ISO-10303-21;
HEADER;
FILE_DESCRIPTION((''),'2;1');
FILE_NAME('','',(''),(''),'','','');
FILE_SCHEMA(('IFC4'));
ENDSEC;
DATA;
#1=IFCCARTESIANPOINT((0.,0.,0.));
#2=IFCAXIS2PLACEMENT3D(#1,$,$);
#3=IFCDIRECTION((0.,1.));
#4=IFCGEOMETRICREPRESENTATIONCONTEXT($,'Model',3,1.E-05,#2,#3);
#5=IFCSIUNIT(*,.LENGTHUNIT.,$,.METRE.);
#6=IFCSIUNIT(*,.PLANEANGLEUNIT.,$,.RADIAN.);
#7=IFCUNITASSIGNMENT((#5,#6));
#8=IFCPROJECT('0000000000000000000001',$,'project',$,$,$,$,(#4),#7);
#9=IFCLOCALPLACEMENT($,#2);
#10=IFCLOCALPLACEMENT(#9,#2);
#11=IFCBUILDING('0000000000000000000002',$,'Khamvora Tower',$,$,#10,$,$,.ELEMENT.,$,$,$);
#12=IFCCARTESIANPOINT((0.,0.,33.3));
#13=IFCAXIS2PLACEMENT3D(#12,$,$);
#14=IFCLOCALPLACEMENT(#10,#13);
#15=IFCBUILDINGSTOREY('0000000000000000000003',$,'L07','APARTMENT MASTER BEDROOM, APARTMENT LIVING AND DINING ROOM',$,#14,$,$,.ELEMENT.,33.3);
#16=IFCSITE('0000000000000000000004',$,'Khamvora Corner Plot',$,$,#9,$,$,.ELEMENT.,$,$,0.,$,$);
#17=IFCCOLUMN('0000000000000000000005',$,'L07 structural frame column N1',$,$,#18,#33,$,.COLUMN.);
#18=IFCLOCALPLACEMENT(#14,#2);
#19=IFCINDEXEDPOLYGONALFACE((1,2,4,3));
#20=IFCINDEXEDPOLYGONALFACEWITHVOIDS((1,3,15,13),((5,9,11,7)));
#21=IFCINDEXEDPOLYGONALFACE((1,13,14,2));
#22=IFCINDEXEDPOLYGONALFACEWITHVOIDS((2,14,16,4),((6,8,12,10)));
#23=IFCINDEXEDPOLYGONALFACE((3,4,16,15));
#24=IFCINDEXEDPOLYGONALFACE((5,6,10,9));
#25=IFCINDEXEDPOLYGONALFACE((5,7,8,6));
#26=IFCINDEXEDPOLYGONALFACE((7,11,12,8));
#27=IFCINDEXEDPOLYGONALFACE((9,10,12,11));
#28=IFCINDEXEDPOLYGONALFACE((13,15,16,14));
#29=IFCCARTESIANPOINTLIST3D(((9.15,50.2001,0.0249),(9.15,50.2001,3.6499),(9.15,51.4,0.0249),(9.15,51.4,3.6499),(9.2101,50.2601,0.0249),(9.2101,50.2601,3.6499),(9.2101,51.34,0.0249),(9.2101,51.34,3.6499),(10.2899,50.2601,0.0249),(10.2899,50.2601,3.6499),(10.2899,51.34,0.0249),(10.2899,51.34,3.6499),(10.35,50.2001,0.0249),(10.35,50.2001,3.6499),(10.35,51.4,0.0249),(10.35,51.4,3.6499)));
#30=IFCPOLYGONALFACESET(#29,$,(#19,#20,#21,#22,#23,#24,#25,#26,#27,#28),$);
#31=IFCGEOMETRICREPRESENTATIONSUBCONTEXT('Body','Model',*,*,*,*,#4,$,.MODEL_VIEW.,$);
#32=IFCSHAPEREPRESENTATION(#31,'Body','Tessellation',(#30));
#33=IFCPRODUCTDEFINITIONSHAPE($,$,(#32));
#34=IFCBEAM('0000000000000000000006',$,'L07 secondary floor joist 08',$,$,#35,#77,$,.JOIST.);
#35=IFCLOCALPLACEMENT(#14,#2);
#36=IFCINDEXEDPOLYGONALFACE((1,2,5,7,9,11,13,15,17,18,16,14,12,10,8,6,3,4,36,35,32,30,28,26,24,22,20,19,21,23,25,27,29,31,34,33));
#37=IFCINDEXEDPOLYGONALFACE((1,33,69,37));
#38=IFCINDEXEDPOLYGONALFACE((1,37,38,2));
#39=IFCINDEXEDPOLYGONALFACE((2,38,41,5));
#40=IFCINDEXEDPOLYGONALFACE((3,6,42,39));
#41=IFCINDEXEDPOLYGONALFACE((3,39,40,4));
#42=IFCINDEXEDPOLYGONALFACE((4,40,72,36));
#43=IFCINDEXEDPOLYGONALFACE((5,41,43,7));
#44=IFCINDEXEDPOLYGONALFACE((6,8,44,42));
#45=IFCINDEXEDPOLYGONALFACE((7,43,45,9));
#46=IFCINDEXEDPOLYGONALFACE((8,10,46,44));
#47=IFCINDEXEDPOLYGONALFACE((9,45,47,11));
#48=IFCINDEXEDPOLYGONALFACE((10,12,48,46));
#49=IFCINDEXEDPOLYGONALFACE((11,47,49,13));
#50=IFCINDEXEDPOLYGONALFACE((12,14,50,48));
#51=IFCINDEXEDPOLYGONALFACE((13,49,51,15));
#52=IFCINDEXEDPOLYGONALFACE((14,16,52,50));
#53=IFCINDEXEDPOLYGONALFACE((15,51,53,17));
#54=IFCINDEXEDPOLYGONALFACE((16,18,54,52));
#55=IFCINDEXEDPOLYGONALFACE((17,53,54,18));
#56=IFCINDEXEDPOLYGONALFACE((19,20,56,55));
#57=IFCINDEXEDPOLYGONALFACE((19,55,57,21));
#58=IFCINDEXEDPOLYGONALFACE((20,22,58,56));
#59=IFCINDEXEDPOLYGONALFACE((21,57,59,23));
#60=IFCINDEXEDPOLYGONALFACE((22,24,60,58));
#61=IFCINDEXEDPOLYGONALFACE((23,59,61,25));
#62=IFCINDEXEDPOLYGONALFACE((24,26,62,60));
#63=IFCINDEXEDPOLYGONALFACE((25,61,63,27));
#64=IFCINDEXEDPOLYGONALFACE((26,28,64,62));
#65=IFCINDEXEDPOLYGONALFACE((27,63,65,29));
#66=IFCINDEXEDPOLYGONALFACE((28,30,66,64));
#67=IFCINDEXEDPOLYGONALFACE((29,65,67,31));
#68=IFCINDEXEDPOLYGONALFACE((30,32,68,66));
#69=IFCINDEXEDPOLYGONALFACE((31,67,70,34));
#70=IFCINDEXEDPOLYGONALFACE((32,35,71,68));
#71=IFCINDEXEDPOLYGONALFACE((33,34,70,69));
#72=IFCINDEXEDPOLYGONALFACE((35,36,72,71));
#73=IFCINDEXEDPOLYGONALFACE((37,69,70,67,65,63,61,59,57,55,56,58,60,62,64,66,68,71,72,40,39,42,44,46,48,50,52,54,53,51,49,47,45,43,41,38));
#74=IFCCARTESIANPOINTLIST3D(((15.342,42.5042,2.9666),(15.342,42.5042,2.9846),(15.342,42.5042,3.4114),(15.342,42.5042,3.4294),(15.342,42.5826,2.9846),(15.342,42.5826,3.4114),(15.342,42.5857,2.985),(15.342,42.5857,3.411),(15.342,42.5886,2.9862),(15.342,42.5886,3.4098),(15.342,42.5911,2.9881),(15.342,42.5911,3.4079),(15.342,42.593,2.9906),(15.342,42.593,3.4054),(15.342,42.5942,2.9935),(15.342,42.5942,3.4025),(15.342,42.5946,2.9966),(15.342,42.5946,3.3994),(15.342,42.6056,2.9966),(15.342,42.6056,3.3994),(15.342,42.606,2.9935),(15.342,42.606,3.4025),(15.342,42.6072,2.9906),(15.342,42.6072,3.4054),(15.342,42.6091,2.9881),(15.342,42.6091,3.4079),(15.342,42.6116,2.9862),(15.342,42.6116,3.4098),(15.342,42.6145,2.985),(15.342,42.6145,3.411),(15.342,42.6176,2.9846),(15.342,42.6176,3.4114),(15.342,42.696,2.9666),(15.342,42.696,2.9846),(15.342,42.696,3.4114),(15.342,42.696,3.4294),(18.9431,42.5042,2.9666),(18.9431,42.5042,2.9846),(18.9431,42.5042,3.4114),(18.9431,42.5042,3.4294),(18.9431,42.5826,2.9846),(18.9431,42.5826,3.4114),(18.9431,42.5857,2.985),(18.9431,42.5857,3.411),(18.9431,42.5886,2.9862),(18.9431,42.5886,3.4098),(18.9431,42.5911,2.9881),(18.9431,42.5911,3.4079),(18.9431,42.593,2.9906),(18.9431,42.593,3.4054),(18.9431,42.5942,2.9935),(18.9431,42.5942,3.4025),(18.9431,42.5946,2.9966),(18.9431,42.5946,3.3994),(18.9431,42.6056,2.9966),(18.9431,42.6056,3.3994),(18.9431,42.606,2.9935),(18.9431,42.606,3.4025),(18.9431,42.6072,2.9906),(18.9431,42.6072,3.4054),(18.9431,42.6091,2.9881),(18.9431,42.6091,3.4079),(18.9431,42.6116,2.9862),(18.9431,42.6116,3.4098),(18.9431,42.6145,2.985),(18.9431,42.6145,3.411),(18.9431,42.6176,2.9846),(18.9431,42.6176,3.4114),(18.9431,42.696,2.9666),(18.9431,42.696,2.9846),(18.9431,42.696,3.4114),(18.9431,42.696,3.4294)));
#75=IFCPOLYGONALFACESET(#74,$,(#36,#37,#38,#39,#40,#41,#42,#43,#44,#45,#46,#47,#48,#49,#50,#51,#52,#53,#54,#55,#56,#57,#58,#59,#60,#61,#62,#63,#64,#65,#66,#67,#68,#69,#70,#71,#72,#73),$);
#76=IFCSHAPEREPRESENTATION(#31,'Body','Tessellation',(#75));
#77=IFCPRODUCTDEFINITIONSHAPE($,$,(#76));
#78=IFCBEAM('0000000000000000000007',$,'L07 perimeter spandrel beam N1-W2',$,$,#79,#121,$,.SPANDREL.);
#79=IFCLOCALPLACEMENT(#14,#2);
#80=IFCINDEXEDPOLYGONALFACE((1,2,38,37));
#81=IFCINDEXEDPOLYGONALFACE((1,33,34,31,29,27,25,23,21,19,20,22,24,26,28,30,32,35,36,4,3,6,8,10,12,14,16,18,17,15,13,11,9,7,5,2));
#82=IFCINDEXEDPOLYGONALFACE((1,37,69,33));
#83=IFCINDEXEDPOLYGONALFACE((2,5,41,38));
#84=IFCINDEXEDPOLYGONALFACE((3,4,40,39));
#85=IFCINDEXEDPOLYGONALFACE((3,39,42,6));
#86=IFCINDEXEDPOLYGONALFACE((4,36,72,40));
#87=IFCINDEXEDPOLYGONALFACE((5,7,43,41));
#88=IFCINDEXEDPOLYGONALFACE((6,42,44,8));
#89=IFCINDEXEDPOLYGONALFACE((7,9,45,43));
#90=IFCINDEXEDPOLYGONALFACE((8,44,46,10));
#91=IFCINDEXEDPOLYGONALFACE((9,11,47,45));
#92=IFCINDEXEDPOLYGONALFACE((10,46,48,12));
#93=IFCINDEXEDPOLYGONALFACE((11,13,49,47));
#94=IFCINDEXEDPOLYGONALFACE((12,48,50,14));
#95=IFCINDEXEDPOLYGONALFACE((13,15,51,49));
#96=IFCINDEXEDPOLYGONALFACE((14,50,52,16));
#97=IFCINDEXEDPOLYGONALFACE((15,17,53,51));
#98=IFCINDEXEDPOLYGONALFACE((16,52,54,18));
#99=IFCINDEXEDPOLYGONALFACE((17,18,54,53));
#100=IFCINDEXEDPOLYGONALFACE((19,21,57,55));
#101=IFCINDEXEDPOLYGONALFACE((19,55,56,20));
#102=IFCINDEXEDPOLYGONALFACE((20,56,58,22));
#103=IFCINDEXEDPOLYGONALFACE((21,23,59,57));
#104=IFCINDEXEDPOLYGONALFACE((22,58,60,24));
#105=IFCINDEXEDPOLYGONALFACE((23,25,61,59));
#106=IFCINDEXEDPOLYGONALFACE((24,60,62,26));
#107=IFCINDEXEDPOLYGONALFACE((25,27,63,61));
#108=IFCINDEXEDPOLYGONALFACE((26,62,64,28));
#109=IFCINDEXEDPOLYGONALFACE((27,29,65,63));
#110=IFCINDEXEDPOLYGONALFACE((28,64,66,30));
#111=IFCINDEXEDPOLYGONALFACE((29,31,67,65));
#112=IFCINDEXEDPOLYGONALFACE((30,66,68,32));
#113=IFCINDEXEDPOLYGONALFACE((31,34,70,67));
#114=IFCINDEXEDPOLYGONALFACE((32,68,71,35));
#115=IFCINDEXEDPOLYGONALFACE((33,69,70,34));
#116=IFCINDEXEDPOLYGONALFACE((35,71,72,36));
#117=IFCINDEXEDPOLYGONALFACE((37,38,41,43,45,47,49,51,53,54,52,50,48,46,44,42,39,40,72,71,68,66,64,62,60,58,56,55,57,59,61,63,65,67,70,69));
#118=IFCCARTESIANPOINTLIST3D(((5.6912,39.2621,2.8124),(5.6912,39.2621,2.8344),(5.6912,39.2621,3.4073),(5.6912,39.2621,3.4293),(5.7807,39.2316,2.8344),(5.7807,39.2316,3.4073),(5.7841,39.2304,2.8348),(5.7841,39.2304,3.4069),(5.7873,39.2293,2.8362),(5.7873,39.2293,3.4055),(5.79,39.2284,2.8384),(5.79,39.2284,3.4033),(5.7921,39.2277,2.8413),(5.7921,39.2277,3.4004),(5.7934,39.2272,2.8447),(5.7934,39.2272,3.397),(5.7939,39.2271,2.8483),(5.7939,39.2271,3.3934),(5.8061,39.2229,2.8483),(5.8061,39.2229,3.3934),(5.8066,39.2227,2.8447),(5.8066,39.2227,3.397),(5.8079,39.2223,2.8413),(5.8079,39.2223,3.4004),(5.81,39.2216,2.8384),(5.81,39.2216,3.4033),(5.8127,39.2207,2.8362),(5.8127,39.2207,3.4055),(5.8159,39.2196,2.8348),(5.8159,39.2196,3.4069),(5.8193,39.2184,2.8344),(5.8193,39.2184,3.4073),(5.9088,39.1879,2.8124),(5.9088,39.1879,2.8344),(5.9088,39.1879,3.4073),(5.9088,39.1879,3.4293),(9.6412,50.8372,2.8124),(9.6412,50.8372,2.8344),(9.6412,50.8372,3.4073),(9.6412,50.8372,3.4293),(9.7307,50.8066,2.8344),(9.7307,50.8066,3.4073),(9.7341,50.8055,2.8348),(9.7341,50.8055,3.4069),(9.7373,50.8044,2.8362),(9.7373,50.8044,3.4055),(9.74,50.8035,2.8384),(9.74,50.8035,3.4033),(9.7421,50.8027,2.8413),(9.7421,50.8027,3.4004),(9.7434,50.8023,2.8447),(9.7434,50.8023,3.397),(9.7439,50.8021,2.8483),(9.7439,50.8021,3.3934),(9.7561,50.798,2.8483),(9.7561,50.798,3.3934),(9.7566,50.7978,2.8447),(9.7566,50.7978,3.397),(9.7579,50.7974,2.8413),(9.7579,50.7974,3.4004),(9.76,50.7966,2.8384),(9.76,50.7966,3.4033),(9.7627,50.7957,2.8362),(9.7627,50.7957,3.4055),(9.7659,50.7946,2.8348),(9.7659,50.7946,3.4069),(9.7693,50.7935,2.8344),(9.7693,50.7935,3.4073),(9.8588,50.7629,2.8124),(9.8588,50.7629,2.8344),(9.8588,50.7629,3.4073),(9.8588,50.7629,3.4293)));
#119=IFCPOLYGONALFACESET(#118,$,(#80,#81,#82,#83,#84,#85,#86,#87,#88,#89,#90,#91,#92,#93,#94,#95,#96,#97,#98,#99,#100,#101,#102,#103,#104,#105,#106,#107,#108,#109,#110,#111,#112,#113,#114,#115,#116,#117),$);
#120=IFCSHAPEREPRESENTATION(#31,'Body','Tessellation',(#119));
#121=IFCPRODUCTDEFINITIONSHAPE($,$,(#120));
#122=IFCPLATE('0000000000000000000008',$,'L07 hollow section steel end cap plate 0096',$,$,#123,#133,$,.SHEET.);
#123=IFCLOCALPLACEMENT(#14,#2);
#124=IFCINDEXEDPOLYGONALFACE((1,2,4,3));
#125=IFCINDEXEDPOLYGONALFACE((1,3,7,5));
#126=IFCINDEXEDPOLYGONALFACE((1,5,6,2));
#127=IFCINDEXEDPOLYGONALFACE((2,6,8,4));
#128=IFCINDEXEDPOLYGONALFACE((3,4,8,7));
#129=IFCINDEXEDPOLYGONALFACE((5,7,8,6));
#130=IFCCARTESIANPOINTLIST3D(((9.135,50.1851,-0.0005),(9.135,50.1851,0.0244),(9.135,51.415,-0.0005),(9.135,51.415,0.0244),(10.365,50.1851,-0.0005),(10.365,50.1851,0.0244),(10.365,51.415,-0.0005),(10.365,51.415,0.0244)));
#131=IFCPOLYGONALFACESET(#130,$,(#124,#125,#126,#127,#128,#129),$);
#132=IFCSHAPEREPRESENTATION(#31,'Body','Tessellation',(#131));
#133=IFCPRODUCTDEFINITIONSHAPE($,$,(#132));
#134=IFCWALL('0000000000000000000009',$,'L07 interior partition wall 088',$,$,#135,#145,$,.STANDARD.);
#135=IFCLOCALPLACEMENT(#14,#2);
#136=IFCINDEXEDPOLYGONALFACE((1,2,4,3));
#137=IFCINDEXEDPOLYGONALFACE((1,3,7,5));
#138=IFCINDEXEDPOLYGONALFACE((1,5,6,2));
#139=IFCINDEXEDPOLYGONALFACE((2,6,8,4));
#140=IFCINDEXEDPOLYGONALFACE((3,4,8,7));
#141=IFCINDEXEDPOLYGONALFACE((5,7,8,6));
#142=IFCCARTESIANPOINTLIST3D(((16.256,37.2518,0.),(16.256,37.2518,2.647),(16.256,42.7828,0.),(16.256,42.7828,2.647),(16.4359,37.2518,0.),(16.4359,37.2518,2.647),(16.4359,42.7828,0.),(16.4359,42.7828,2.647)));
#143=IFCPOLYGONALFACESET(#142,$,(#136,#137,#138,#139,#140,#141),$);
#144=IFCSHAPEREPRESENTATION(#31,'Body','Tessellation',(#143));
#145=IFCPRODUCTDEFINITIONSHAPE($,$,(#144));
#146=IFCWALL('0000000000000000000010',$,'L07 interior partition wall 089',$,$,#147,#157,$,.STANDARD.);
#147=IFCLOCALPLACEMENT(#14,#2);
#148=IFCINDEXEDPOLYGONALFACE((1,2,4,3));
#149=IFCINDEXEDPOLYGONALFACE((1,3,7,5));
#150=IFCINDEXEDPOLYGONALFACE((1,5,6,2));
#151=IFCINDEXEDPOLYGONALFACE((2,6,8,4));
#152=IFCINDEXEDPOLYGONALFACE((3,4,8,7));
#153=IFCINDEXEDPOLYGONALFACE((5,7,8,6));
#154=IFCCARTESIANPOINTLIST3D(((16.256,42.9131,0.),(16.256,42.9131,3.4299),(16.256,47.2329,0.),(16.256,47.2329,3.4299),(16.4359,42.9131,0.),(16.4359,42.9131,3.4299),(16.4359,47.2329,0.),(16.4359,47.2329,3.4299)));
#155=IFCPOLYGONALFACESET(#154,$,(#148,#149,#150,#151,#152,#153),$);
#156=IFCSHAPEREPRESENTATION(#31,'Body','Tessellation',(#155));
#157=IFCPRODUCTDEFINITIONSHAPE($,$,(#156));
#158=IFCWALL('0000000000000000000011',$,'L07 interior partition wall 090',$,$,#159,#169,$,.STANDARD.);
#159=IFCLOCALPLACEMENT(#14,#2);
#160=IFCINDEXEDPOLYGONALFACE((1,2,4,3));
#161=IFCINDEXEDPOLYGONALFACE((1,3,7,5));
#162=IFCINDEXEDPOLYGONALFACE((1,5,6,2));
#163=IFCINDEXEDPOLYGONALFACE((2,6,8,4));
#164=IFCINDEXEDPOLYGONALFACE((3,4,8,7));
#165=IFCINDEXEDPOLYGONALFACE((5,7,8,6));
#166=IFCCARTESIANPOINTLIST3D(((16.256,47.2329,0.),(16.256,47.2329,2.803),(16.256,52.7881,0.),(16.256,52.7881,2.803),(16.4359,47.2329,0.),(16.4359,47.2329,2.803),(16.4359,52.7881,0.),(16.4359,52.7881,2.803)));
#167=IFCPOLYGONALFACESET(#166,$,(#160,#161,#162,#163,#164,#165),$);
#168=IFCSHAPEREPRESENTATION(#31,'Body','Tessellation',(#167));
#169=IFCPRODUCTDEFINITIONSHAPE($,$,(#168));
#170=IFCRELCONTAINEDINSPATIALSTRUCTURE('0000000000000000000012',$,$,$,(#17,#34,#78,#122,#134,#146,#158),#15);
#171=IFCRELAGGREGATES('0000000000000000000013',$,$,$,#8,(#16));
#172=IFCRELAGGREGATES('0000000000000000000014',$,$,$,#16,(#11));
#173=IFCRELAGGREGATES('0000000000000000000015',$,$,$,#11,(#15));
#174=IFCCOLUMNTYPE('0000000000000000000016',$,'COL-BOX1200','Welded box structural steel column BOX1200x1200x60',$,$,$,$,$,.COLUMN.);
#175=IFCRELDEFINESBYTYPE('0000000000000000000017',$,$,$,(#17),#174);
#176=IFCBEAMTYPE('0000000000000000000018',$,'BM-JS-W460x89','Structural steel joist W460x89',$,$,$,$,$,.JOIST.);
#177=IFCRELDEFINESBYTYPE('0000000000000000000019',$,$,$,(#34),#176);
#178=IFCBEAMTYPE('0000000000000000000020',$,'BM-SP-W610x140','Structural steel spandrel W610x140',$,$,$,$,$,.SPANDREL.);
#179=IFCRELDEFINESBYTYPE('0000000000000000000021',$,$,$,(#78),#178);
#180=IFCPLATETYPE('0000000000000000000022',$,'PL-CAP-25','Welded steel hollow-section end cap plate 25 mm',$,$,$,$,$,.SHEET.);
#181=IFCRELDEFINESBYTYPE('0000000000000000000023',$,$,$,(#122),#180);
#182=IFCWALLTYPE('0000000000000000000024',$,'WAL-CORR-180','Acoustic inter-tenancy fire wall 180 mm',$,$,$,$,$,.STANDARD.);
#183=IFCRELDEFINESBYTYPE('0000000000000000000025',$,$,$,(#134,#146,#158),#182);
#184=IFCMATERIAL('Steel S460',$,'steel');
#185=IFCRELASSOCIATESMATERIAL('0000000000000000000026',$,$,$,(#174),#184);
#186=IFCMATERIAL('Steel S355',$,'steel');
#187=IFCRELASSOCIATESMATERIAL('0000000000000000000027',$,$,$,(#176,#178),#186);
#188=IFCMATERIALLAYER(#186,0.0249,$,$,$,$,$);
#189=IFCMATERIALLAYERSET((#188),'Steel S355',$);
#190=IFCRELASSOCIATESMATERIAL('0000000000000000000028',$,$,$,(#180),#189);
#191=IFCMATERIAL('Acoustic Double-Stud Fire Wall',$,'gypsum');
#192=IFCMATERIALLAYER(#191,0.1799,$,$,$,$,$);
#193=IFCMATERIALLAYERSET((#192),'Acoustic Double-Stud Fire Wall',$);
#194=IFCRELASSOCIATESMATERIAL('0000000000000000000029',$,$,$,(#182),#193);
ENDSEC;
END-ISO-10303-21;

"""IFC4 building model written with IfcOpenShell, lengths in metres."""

from ifc_helpers import new_model, si_unit, direction, frame, frame_2d, origin, origin_2d, place, context, subcontext, project, spatial, rectangle, hollow_rectangle, i_section, extrude, material, layer, layer_set, material_profile, profile_set, type_object, element, save


model = new_model("IFC4")

# Units and contexts
model_context = context("Model", 3, precision=1e-05, world=origin(), true_north=direction((0.0, 1.0)))
body_context = subcontext(model_context, "Body", "Model", "MODEL_VIEW")
ifc_project = project(units=[si_unit("LENGTHUNIT", "METRE"), si_unit("PLANEANGLEUNIT", "RADIAN")], contexts=[model_context])

# Site, building, storey
site_placement = place(None, origin())
site = spatial("IfcSite", under=ifc_project, at=site_placement, Name="Khamvora Corner Plot", CompositionType="ELEMENT", RefElevation=0.0)
building_placement = place(site_placement, origin())
building = spatial("IfcBuilding", under=site, at=building_placement, Name="Khamvora Tower", CompositionType="ELEMENT")
storey_placement = place(building_placement, frame((0.0, 0.0, 33.3)))
storey = spatial("IfcBuildingStorey", under=building, at=storey_placement, Name="L07", Description="APARTMENT MASTER BEDROOM, APARTMENT LIVING AND DINING ROOM", CompositionType="ELEMENT", Elevation=33.3)

# Column
ifc_material_1 = material(Name="Steel S460", Category="steel")
ifc_material_profile_1 = material_profile(ifc_material_1, hollow_rectangle(XDim=1.2, YDim=1.2, WallThickness=0.0601, at=origin_2d()), Name="BOX1200x1200x60")
ifc_profile_set_1 = profile_set([ifc_material_profile_1], Name="Steel S460")
column_type = type_object("IfcColumnType", Name="COL-BOX1200", Description="Welded box structural steel column BOX1200x1200x60", PredefinedType="COLUMN", material=ifc_profile_set_1)
column_placement = place(storey_placement, frame((9.75, 50.8, 0.0249), z_axis=(0.0, 0.0, 1.0), x_axis=(1.0, 0.0, 0.0)))
element("IfcColumn", 1, at=column_placement, inside=storey, type_object=column_type, Name="L07 structural frame column N1", PredefinedType="COLUMN", context=body_context, shape_type="SweptSolid", body=[
    extrude(hollow_rectangle(XDim=1.2, YDim=1.2, WallThickness=0.0601, at=origin_2d()), origin(), (0.0, 0.0, 1.0), 3.625),
])

# Beams
ifc_material_2 = material(Name="Steel S355", Category="steel")
ifc_material_profile_2 = material_profile(ifc_material_2, i_section(OverallWidth=0.1919, OverallDepth=0.4629, WebThickness=0.011, FlangeThickness=0.0181, FilletRadius=0.012, at=origin_2d()), Name="W460x89")
ifc_profile_set_2 = profile_set([ifc_material_profile_2], Name="Steel S355")
beam_type_1 = type_object("IfcBeamType", Name="BM-JS-W460x89", Description="Structural steel joist W460x89", PredefinedType="JOIST", material=ifc_profile_set_2)
beam_1_placement = place(storey_placement, frame((15.342, 42.6001, 3.198), z_axis=(1.0, 0.0, 0.0), x_axis=(0.0, 1.0, 0.0)))
element("IfcBeam", 2, at=beam_1_placement, inside=storey, type_object=beam_type_1, Name="L07 secondary floor joist 08", PredefinedType="JOIST", context=body_context, shape_type="SweptSolid", body=[
    extrude(i_section(OverallWidth=0.1919, OverallDepth=0.4629, WebThickness=0.011, FlangeThickness=0.0181, FilletRadius=0.012, at=origin_2d()), origin(), (0.0, 0.0, 1.0), 3.6011),
])
ifc_material_profile_3 = material_profile(ifc_material_2, i_section(OverallWidth=0.23, OverallDepth=0.6169, WebThickness=0.0129, FlangeThickness=0.022, FilletRadius=0.0139, at=origin_2d()), Name="W610x140")
ifc_profile_set_3 = profile_set([ifc_material_profile_3], Name="Steel S355")
beam_type_2 = type_object("IfcBeamType", Name="BM-SP-W610x140", Description="Structural steel spandrel W610x140", PredefinedType="SPANDREL", material=ifc_profile_set_3)
beam_2_placement = place(storey_placement, frame((9.75, 50.8, 3.1208), z_axis=(-0.322963, -0.946412, 0.0), x_axis=(0.946412, -0.322963, 0.0)))
element("IfcBeam", 3, at=beam_2_placement, inside=storey, type_object=beam_type_2, Name="L07 perimeter spandrel beam N1-W2", PredefinedType="SPANDREL", context=body_context, shape_type="SweptSolid", body=[
    extrude(i_section(OverallWidth=0.23, OverallDepth=0.6169, WebThickness=0.0129, FlangeThickness=0.022, FilletRadius=0.0139, at=origin_2d()), origin(), (0.0, 0.0, 1.0), 12.2305),
])

# Plate
ifc_layer_1 = layer(ifc_material_2, 0.0249)
ifc_layer_set_1 = layer_set([ifc_layer_1], Name="Steel S355")
plate_type = type_object("IfcPlateType", Name="PL-CAP-25", Description="Welded steel hollow-section end cap plate 25 mm", PredefinedType="SHEET", material=ifc_layer_set_1)
plate_placement = place(storey_placement, frame((9.75, 50.8, -0.0005), z_axis=(0.0, 0.0, 1.0), x_axis=(1.0, 0.0, 0.0)))
element("IfcPlate", 4, at=plate_placement, inside=storey, type_object=plate_type, Name="L07 hollow section steel end cap plate 0096", PredefinedType="SHEET", context=body_context, shape_type="SweptSolid", body=[
    extrude(rectangle(XDim=1.23, YDim=1.23, at=origin_2d()), origin(), (0.0, 0.0, 1.0), 0.0249),
])

# Walls
ifc_material_3 = material(Name="Acoustic Double-Stud Fire Wall", Category="gypsum")
ifc_layer_2 = layer(ifc_material_3, 0.1799)
ifc_layer_set_2 = layer_set([ifc_layer_2], Name="Acoustic Double-Stud Fire Wall")
wall_type_1 = type_object("IfcWallType", Name="WAL-CORR-180", Description="Acoustic inter-tenancy fire wall 180 mm", PredefinedType="STANDARD", material=ifc_layer_set_2)
wall_1_placement = place(storey_placement, frame((16.3459, 42.783, 0.0), z_axis=(0.0, 0.0, 1.0), x_axis=(0.0, -1.0, 0.0)))
element("IfcWall", 5, at=wall_1_placement, inside=storey, type_object=wall_type_1, Name="L07 interior partition wall 088", PredefinedType="STANDARD", context=body_context, shape_type="SweptSolid", body=[
    extrude(rectangle(XDim=5.531, YDim=0.1799, at=frame_2d((2.7656, 0.0))), origin(), (0.0, 0.0, 1.0), 2.647),
])
wall_2_placement = place(storey_placement, frame((16.3459, 47.2329, 0.0), z_axis=(0.0, 0.0, 1.0), x_axis=(0.0, -1.0, 0.0)))
element("IfcWall", 6, at=wall_2_placement, inside=storey, type_object=wall_type_1, Name="L07 interior partition wall 089", PredefinedType="STANDARD", context=body_context, shape_type="SweptSolid", body=[
    extrude(rectangle(XDim=4.3198, YDim=0.1799, at=frame_2d((2.1599, 0.0))), origin(), (0.0, 0.0, 1.0), 3.4299),
])
wall_3_placement = place(storey_placement, frame((16.3459, 52.7881, 0.0), z_axis=(0.0, 0.0, 1.0), x_axis=(0.0, -1.0, 0.0)))
element("IfcWall", 7, at=wall_3_placement, inside=storey, type_object=wall_type_1, Name="L07 interior partition wall 090", PredefinedType="STANDARD", context=body_context, shape_type="SweptSolid", body=[
    extrude(rectangle(XDim=5.5552, YDim=0.1799, at=frame_2d((2.7776, 0.0))), origin(), (0.0, 0.0, 1.0), 2.803),
])

save(model, "model.ifc")
